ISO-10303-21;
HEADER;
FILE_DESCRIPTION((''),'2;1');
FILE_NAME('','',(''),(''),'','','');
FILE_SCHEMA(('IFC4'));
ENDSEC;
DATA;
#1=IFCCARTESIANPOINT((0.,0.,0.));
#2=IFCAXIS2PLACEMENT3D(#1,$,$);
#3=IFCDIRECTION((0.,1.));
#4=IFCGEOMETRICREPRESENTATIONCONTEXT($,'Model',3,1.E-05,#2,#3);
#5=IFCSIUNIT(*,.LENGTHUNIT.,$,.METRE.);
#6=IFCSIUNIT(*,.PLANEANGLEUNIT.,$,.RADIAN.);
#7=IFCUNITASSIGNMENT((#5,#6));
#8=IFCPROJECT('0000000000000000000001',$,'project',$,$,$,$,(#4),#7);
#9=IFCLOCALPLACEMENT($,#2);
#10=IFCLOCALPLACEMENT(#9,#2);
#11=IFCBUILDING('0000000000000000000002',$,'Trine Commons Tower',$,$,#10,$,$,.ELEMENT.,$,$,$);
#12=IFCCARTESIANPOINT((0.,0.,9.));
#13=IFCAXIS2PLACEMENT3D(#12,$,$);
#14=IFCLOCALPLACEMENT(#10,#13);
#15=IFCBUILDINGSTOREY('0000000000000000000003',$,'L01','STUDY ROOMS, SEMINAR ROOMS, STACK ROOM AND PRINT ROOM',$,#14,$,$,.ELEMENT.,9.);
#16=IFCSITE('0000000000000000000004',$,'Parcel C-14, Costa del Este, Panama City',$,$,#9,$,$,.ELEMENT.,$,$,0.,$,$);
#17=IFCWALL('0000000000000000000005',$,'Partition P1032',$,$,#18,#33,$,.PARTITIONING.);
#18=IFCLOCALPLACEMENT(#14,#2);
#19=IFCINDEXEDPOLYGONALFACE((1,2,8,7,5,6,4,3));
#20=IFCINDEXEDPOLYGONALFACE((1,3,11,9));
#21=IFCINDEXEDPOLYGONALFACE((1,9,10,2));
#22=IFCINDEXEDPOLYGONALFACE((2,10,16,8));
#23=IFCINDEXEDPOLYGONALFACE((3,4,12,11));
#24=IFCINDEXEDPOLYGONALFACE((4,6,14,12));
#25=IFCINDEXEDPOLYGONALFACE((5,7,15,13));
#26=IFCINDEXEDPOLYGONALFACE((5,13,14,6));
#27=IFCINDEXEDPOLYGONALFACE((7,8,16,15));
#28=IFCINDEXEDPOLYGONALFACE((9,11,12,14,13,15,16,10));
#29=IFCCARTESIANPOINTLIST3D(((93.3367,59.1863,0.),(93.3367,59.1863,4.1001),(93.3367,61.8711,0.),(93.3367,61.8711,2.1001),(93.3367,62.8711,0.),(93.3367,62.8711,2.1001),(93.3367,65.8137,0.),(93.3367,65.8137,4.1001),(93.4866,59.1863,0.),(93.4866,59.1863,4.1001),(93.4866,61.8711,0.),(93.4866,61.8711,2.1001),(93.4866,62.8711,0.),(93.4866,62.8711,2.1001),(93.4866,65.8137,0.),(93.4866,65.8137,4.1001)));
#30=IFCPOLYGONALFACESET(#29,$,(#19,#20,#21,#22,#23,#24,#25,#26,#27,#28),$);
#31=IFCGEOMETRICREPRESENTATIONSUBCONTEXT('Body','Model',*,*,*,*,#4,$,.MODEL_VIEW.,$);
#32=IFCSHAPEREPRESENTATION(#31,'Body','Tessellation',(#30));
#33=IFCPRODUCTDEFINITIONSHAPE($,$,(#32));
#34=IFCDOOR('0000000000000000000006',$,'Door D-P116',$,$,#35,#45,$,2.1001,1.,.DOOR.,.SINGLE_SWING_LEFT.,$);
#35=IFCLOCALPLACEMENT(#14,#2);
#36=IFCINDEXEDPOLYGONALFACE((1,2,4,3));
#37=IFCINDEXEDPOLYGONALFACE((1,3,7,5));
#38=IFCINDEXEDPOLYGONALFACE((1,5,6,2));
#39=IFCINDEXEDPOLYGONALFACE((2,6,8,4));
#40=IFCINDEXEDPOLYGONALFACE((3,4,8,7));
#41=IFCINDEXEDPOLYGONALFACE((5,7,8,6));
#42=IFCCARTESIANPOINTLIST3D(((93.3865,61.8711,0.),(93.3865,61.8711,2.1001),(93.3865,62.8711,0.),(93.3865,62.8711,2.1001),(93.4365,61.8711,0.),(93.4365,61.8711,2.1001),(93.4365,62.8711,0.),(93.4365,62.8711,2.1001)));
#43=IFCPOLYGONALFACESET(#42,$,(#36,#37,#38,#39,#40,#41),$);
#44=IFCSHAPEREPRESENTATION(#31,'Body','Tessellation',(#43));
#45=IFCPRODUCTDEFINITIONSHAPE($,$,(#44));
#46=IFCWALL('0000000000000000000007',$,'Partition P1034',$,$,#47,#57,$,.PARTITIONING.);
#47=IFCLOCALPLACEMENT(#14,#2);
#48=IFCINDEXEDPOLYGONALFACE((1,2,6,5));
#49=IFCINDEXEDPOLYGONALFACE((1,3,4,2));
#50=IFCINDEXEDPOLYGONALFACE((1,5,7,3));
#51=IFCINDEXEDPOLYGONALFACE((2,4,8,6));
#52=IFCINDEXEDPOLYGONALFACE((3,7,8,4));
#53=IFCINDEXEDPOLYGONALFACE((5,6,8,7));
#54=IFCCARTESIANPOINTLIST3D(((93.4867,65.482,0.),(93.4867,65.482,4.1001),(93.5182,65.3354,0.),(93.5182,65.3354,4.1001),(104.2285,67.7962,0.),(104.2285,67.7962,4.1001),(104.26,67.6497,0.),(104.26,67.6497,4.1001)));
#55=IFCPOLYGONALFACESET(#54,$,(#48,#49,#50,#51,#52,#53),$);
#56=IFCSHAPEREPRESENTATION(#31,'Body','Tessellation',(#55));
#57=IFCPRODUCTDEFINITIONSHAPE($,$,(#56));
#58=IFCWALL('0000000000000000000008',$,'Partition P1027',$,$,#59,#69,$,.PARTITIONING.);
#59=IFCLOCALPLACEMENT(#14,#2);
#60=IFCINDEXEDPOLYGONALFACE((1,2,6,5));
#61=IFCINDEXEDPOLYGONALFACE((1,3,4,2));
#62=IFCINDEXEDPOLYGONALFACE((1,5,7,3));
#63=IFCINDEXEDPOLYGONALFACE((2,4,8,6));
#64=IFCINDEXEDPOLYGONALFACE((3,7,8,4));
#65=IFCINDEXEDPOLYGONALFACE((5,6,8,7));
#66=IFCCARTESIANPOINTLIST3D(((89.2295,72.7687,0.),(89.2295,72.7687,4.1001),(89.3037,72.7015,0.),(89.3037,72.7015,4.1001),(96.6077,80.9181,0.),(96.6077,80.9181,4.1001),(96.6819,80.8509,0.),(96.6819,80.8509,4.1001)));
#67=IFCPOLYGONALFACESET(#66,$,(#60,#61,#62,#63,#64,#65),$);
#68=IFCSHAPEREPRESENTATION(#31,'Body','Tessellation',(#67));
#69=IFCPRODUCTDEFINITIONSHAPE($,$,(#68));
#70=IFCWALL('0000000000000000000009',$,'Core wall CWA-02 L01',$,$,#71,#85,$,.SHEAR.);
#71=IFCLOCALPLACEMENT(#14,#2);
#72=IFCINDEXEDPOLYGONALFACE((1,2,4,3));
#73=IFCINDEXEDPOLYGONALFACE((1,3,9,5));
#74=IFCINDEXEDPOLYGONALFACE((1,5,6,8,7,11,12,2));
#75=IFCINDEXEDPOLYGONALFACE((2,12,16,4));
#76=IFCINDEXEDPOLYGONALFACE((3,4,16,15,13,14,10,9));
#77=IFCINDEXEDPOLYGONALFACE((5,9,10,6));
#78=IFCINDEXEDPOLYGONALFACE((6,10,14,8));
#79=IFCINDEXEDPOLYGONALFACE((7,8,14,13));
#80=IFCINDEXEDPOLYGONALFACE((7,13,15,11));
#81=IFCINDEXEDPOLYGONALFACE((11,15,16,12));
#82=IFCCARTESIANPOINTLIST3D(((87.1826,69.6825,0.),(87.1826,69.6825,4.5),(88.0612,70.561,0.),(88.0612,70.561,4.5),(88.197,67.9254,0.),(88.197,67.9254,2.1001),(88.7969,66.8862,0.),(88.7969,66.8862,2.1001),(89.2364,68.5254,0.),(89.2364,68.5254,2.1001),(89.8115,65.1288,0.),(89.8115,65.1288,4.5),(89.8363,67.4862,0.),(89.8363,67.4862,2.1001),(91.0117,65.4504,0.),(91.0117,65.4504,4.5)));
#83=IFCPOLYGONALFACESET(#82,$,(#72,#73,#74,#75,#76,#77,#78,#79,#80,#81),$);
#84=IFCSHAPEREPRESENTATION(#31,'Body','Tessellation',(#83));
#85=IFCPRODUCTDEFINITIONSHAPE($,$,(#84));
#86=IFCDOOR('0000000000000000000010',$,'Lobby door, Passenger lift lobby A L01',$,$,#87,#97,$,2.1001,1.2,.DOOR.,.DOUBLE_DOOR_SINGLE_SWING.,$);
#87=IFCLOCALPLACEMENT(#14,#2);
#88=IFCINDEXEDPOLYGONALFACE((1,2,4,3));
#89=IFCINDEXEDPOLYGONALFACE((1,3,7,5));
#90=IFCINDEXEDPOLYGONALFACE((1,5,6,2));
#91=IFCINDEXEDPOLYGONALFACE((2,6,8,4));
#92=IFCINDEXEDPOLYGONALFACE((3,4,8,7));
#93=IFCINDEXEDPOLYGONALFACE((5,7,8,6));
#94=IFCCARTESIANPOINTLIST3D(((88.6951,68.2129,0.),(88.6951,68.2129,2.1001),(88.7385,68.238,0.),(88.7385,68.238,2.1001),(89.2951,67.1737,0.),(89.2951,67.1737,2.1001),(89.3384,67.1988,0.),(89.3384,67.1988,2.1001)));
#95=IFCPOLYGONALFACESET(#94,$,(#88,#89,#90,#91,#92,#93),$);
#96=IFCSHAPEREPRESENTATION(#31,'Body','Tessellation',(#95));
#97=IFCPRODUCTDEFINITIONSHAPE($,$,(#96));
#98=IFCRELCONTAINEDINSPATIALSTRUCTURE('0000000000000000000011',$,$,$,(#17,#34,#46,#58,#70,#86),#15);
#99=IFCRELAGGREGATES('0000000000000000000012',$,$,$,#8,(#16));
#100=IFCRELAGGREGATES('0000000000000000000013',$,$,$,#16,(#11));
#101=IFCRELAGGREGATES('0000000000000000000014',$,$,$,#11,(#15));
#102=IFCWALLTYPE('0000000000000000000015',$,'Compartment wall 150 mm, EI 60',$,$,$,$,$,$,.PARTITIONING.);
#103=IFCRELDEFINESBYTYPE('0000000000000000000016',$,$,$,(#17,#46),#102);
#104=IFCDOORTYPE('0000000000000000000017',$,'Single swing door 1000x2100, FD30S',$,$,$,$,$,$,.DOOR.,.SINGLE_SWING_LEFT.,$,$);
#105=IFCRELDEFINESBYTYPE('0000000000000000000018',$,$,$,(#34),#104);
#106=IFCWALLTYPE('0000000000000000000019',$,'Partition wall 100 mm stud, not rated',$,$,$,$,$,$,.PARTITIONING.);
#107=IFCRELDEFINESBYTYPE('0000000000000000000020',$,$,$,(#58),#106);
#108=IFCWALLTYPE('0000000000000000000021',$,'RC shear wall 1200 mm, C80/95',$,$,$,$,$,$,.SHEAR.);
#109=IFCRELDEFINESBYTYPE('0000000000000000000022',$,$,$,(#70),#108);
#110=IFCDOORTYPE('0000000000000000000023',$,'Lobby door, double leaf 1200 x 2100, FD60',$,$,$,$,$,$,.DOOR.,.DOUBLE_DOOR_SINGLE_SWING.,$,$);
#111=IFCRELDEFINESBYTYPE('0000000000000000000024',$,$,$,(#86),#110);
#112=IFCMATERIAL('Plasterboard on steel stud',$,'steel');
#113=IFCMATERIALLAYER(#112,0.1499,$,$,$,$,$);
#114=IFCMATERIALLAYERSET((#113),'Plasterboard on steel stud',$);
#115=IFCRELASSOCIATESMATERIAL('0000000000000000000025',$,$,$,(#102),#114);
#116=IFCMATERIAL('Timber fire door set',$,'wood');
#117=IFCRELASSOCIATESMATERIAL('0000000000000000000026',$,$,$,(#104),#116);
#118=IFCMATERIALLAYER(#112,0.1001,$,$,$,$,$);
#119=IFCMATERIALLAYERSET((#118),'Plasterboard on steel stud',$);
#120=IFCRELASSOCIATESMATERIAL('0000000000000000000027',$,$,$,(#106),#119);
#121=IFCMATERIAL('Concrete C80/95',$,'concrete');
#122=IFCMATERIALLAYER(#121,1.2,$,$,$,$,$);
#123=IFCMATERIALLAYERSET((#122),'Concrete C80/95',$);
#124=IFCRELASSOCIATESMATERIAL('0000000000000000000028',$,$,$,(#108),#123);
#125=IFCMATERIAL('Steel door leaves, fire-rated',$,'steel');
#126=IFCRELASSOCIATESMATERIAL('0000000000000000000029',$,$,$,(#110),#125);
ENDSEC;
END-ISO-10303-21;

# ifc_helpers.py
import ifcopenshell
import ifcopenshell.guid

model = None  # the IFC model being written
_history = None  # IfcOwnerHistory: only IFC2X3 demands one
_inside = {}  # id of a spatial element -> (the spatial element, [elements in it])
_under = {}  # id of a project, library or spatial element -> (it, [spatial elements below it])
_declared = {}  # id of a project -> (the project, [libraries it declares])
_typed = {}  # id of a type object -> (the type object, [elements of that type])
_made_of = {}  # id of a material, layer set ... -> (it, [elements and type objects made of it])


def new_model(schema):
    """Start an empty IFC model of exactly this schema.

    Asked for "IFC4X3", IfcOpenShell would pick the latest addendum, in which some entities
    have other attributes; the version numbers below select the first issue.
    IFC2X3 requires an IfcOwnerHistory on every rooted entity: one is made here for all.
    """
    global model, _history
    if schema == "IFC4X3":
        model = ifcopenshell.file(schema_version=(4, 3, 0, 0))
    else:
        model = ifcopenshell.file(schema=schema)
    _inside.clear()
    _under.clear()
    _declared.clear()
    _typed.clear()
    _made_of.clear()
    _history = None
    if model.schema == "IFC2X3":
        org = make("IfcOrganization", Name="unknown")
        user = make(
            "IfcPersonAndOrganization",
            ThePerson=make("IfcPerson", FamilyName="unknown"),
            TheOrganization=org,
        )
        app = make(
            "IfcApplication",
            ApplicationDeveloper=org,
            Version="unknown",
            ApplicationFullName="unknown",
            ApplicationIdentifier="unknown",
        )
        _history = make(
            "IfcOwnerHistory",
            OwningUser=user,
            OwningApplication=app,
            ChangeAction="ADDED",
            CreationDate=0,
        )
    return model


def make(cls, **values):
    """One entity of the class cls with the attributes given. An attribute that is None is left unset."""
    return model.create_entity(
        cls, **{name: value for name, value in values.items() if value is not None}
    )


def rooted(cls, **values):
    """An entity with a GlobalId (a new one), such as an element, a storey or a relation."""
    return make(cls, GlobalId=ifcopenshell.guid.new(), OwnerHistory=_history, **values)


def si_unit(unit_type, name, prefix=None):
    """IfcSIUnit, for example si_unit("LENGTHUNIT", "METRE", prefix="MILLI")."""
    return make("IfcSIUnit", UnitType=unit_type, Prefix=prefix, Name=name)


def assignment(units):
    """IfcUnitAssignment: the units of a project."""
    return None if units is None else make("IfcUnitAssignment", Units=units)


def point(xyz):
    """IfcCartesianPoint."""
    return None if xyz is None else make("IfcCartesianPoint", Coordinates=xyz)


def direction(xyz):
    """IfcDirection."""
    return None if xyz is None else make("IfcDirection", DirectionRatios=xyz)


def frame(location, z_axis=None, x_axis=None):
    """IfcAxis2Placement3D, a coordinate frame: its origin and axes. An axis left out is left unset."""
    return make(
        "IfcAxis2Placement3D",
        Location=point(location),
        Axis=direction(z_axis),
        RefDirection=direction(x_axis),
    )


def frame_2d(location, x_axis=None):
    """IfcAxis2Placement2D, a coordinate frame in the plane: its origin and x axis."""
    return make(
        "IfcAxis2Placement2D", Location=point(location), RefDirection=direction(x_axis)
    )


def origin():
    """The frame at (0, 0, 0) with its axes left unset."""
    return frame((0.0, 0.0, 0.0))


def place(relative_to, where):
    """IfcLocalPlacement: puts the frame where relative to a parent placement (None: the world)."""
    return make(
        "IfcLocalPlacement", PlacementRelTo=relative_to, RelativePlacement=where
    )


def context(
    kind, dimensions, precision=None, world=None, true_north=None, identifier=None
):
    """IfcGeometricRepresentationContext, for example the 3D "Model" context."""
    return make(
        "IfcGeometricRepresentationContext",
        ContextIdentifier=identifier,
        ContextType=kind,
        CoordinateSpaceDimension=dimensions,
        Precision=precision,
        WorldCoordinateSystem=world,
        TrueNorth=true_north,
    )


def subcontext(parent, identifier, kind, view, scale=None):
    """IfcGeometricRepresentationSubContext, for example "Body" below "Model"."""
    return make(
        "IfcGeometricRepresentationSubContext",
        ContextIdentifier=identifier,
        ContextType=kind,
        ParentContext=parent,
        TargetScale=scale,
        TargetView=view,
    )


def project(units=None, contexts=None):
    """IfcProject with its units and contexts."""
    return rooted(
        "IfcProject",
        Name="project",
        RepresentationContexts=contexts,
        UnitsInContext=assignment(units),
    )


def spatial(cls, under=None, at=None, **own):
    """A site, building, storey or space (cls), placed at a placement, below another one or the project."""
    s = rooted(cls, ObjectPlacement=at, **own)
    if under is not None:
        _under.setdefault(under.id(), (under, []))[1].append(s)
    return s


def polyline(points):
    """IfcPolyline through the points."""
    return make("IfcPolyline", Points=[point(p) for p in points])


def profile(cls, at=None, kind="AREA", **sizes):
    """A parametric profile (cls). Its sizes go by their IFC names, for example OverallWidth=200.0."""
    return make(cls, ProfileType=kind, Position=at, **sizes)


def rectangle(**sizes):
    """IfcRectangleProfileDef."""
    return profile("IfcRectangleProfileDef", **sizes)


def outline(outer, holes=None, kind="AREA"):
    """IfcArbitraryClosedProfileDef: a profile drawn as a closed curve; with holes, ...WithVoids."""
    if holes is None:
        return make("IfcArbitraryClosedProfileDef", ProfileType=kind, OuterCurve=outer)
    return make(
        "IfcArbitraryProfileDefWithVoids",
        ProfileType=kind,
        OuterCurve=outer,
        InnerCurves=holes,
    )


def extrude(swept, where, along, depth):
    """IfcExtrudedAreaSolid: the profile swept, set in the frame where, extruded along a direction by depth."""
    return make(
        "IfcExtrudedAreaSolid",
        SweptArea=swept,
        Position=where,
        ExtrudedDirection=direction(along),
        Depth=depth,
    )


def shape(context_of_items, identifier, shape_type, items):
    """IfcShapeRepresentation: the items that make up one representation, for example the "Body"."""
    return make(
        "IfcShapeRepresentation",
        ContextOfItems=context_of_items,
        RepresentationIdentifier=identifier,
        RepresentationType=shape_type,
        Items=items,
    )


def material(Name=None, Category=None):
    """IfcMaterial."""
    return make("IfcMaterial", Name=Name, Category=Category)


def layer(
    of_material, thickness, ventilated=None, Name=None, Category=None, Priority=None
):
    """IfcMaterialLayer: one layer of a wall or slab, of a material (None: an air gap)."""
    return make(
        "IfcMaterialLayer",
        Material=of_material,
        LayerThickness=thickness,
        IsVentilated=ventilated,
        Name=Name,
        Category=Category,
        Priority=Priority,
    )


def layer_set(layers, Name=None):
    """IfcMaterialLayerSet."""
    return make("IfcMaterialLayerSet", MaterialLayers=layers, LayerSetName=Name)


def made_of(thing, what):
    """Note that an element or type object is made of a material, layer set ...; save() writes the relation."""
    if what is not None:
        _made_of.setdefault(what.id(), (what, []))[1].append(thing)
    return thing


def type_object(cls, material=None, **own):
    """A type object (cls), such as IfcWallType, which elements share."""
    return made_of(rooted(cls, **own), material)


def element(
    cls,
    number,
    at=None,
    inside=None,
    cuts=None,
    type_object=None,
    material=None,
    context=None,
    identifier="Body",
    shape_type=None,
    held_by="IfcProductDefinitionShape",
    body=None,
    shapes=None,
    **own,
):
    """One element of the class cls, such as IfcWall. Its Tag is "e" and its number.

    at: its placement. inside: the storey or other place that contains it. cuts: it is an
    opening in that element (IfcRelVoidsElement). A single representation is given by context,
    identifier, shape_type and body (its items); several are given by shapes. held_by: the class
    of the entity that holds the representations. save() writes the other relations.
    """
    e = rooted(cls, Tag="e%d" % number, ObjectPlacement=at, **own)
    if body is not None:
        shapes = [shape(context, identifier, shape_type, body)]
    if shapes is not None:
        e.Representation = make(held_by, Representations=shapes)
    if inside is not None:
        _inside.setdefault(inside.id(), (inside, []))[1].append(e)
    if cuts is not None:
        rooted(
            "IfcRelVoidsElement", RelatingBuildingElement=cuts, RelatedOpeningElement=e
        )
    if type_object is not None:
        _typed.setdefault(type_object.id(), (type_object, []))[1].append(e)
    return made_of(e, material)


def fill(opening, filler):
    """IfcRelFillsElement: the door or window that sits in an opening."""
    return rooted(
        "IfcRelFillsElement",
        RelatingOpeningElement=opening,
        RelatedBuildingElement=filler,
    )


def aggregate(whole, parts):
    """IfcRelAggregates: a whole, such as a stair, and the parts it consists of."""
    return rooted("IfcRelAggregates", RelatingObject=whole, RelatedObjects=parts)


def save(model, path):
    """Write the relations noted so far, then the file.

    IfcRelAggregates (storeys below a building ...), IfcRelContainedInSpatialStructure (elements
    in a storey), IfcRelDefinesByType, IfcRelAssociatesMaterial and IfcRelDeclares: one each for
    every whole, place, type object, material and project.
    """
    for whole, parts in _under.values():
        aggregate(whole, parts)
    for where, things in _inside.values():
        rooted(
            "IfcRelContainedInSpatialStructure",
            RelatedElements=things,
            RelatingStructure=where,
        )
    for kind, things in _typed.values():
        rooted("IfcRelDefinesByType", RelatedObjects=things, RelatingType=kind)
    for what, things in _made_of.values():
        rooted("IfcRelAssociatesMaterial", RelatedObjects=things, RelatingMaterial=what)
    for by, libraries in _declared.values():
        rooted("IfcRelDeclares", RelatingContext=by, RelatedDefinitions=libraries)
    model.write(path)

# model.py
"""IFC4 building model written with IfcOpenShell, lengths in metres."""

from ifc_helpers import new_model, si_unit, direction, frame, frame_2d, origin, place, context, subcontext, project, spatial, polyline, rectangle, outline, extrude, material, layer, layer_set, type_object, element, fill, save


model = new_model("IFC4")

# Units and contexts
model_context = context("Model", 3, precision=1e-05, world=origin(), true_north=direction((0.0, 1.0)))
body_context = subcontext(model_context, "Body", "Model", "MODEL_VIEW")
ifc_project = project(units=[si_unit("LENGTHUNIT", "METRE"), si_unit("PLANEANGLEUNIT", "RADIAN")], contexts=[model_context])

# Site, building, storey
site_placement = place(None, origin())
site = spatial("IfcSite", under=ifc_project, at=site_placement, Name="Parcel C-14, Costa del Este, Panama City", CompositionType="ELEMENT", RefElevation=0.0)
building_placement = place(site_placement, origin())
building = spatial("IfcBuilding", under=site, at=building_placement, Name="Trine Commons Tower", CompositionType="ELEMENT")
storey_placement = place(building_placement, frame((0.0, 0.0, 9.0)))
storey = spatial("IfcBuildingStorey", under=building, at=storey_placement, Name="L01", Description="STUDY ROOMS, SEMINAR ROOMS, STACK ROOM AND PRINT ROOM", CompositionType="ELEMENT", Elevation=9.0)

# Shared definitions
ifc_material_1 = material(Name="Concrete C80/95", Category="concrete")

# Wall, opening, door
ifc_material_2 = material(Name="Plasterboard on steel stud", Category="steel")
ifc_layer_1 = layer(ifc_material_2, 0.1499)
ifc_layer_set_1 = layer_set([ifc_layer_1], Name="Plasterboard on steel stud")
wall_type_1 = type_object("IfcWallType", Name="Compartment wall 150 mm, EI 60", PredefinedType="PARTITIONING", material=ifc_layer_set_1)
ifc_material_3 = material(Name="Timber fire door set", Category="wood")
wall_1_placement = place(storey_placement, frame((93.4116, 65.8137, 0.0), z_axis=(0.0, 0.0, 1.0), x_axis=(0.0, -1.0, 0.0)))
wall_1 = element("IfcWall", 1, at=wall_1_placement, inside=storey, type_object=wall_type_1, Name="Partition P1032", PredefinedType="PARTITIONING", context=body_context, shape_type="SweptSolid", body=[
    extrude(rectangle(XDim=6.6274, YDim=0.1499, at=frame_2d((3.3137, 0.0))), origin(), (0.0, 0.0, 1.0), 4.1001),
])
opening_1_placement = place(wall_1_placement, frame((2.9426, 0.0, 0.0)))
opening_1 = element("IfcOpeningElement", 2, at=opening_1_placement, cuts=wall_1, PredefinedType="OPENING", context=body_context, shape_type="SweptSolid", body=[
    extrude(rectangle(XDim=1.0, YDim=2.1001, at=frame_2d((0.5, 1.05))), frame((0.0, 0.085, 0.0), z_axis=(0.0, -1.0, 0.0), x_axis=(1.0, 0.0, 0.0)), (0.0, 0.0, 1.0), 0.1699),
])
door_type_1 = type_object("IfcDoorType", Name="Single swing door 1000x2100, FD30S", OperationType="SINGLE_SWING_LEFT", PredefinedType="DOOR", material=ifc_material_3)
door_1_placement = place(opening_1_placement, origin())
door_1 = element("IfcDoor", 3, at=door_1_placement, inside=storey, type_object=door_type_1, Name="Door D-P116", OperationType="SINGLE_SWING_LEFT", OverallHeight=2.1001, OverallWidth=1.0, PredefinedType="DOOR", context=body_context, shape_type="SweptSolid", body=[
    extrude(rectangle(XDim=1.0, YDim=2.1001, at=frame_2d((0.5, 1.05))), frame((0.0, 0.0249, 0.0), z_axis=(0.0, -1.0, 0.0), x_axis=(1.0, 0.0, 0.0)), (0.0, 0.0, 1.0), 0.05),
])
fill(opening_1, door_1)

# Walls
wall_2_placement = place(storey_placement, frame((93.5024, 65.4087, 0.0), z_axis=(0.0, 0.0, 1.0), x_axis=(0.97757, 0.210609, 0.0)))
element("IfcWall", 4, at=wall_2_placement, inside=storey, type_object=wall_type_1, Name="Partition P1034", PredefinedType="PARTITIONING", context=body_context, shape_type="SweptSolid", body=[
    extrude(rectangle(XDim=10.9883, YDim=0.1499, at=frame_2d((5.4941, 0.0))), origin(), (0.0, 0.0, 1.0), 4.1001),
])
ifc_layer_2 = layer(ifc_material_2, 0.1001)
ifc_layer_set_2 = layer_set([ifc_layer_2], Name="Plasterboard on steel stud")
wall_type_2 = type_object("IfcWallType", Name="Partition wall 100 mm stud, not rated", PredefinedType="PARTITIONING", material=ifc_layer_set_2)
wall_3_placement = place(storey_placement, frame((89.2666, 72.7351, 0.0), z_axis=(0.0, 0.0, 1.0), x_axis=(0.671158, 0.741314, 0.0)))
element("IfcWall", 5, at=wall_3_placement, inside=storey, type_object=wall_type_2, Name="Partition P1027", PredefinedType="PARTITIONING", context=body_context, shape_type="SweptSolid", body=[
    extrude(rectangle(XDim=10.9932, YDim=0.1001, at=frame_2d((5.4966, 0.0))), origin(), (0.0, 0.0, 1.0), 4.1001),
])

# Wall, opening, door
ifc_layer_3 = layer(ifc_material_1, 1.2)
ifc_layer_set_3 = layer_set([ifc_layer_3], Name="Concrete C80/95")
wall_type_3 = type_object("IfcWallType", Name="RC shear wall 1200 mm, C80/95", PredefinedType="SHEAR", material=ifc_layer_set_3)
wall_4_placement = place(storey_placement, frame((90.4919, 65.1504, 0.0), z_axis=(0.0, 0.0, 1.0), x_axis=(-0.499979, 0.866037, 0.0)))
wall_4 = element("IfcWall", 6, at=wall_4_placement, inside=storey, type_object=wall_type_3, Name="Core wall CWA-02 L01", PredefinedType="SHEAR", context=body_context, shape_type="SweptSolid", body=[
    extrude(outline(polyline([(0.0, -0.6001), (5.9011, -0.6001), (5.5796, 0.6001), (0.3215, 0.6001), (0.0, -0.6001)])), origin(), (0.0, 0.0, 1.0), 4.5),
])
opening_2_placement = place(wall_4_placement, frame((2.3506, 0.0, 0.0)))
opening_2 = element("IfcOpeningElement", 7, at=opening_2_placement, cuts=wall_4, PredefinedType="OPENING", context=body_context, shape_type="SweptSolid", body=[
    extrude(rectangle(XDim=1.2, YDim=2.1001, at=frame_2d((0.6001, 1.05))), frame((0.0, 0.6099, 0.0), z_axis=(0.0, -1.0, 0.0), x_axis=(1.0, 0.0, 0.0)), (0.0, 0.0, 1.0), 1.22),
])
ifc_material_4 = material(Name="Steel door leaves, fire-rated", Category="steel")
door_type_2 = type_object("IfcDoorType", Name="Lobby door, double leaf 1200 x 2100, FD60", OperationType="DOUBLE_DOOR_SINGLE_SWING", PredefinedType="DOOR", material=ifc_material_4)
door_2_placement = place(opening_2_placement, origin())
door_2 = element("IfcDoor", 8, at=door_2_placement, inside=storey, type_object=door_type_2, Name="Lobby door, Passenger lift lobby A L01", OperationType="DOUBLE_DOOR_SINGLE_SWING", OverallHeight=2.1001, OverallWidth=1.2, PredefinedType="DOOR", context=body_context, shape_type="SweptSolid", body=[
    extrude(rectangle(XDim=1.2, YDim=2.1001, at=frame_2d((0.6001, 1.05))), frame((0.0, 0.0249, 0.0), z_axis=(0.0, -1.0, 0.0), x_axis=(1.0, 0.0, 0.0)), (0.0, 0.0, 1.0), 0.05),
])
fill(opening_2, door_2)

save(model, "model.ifc")
